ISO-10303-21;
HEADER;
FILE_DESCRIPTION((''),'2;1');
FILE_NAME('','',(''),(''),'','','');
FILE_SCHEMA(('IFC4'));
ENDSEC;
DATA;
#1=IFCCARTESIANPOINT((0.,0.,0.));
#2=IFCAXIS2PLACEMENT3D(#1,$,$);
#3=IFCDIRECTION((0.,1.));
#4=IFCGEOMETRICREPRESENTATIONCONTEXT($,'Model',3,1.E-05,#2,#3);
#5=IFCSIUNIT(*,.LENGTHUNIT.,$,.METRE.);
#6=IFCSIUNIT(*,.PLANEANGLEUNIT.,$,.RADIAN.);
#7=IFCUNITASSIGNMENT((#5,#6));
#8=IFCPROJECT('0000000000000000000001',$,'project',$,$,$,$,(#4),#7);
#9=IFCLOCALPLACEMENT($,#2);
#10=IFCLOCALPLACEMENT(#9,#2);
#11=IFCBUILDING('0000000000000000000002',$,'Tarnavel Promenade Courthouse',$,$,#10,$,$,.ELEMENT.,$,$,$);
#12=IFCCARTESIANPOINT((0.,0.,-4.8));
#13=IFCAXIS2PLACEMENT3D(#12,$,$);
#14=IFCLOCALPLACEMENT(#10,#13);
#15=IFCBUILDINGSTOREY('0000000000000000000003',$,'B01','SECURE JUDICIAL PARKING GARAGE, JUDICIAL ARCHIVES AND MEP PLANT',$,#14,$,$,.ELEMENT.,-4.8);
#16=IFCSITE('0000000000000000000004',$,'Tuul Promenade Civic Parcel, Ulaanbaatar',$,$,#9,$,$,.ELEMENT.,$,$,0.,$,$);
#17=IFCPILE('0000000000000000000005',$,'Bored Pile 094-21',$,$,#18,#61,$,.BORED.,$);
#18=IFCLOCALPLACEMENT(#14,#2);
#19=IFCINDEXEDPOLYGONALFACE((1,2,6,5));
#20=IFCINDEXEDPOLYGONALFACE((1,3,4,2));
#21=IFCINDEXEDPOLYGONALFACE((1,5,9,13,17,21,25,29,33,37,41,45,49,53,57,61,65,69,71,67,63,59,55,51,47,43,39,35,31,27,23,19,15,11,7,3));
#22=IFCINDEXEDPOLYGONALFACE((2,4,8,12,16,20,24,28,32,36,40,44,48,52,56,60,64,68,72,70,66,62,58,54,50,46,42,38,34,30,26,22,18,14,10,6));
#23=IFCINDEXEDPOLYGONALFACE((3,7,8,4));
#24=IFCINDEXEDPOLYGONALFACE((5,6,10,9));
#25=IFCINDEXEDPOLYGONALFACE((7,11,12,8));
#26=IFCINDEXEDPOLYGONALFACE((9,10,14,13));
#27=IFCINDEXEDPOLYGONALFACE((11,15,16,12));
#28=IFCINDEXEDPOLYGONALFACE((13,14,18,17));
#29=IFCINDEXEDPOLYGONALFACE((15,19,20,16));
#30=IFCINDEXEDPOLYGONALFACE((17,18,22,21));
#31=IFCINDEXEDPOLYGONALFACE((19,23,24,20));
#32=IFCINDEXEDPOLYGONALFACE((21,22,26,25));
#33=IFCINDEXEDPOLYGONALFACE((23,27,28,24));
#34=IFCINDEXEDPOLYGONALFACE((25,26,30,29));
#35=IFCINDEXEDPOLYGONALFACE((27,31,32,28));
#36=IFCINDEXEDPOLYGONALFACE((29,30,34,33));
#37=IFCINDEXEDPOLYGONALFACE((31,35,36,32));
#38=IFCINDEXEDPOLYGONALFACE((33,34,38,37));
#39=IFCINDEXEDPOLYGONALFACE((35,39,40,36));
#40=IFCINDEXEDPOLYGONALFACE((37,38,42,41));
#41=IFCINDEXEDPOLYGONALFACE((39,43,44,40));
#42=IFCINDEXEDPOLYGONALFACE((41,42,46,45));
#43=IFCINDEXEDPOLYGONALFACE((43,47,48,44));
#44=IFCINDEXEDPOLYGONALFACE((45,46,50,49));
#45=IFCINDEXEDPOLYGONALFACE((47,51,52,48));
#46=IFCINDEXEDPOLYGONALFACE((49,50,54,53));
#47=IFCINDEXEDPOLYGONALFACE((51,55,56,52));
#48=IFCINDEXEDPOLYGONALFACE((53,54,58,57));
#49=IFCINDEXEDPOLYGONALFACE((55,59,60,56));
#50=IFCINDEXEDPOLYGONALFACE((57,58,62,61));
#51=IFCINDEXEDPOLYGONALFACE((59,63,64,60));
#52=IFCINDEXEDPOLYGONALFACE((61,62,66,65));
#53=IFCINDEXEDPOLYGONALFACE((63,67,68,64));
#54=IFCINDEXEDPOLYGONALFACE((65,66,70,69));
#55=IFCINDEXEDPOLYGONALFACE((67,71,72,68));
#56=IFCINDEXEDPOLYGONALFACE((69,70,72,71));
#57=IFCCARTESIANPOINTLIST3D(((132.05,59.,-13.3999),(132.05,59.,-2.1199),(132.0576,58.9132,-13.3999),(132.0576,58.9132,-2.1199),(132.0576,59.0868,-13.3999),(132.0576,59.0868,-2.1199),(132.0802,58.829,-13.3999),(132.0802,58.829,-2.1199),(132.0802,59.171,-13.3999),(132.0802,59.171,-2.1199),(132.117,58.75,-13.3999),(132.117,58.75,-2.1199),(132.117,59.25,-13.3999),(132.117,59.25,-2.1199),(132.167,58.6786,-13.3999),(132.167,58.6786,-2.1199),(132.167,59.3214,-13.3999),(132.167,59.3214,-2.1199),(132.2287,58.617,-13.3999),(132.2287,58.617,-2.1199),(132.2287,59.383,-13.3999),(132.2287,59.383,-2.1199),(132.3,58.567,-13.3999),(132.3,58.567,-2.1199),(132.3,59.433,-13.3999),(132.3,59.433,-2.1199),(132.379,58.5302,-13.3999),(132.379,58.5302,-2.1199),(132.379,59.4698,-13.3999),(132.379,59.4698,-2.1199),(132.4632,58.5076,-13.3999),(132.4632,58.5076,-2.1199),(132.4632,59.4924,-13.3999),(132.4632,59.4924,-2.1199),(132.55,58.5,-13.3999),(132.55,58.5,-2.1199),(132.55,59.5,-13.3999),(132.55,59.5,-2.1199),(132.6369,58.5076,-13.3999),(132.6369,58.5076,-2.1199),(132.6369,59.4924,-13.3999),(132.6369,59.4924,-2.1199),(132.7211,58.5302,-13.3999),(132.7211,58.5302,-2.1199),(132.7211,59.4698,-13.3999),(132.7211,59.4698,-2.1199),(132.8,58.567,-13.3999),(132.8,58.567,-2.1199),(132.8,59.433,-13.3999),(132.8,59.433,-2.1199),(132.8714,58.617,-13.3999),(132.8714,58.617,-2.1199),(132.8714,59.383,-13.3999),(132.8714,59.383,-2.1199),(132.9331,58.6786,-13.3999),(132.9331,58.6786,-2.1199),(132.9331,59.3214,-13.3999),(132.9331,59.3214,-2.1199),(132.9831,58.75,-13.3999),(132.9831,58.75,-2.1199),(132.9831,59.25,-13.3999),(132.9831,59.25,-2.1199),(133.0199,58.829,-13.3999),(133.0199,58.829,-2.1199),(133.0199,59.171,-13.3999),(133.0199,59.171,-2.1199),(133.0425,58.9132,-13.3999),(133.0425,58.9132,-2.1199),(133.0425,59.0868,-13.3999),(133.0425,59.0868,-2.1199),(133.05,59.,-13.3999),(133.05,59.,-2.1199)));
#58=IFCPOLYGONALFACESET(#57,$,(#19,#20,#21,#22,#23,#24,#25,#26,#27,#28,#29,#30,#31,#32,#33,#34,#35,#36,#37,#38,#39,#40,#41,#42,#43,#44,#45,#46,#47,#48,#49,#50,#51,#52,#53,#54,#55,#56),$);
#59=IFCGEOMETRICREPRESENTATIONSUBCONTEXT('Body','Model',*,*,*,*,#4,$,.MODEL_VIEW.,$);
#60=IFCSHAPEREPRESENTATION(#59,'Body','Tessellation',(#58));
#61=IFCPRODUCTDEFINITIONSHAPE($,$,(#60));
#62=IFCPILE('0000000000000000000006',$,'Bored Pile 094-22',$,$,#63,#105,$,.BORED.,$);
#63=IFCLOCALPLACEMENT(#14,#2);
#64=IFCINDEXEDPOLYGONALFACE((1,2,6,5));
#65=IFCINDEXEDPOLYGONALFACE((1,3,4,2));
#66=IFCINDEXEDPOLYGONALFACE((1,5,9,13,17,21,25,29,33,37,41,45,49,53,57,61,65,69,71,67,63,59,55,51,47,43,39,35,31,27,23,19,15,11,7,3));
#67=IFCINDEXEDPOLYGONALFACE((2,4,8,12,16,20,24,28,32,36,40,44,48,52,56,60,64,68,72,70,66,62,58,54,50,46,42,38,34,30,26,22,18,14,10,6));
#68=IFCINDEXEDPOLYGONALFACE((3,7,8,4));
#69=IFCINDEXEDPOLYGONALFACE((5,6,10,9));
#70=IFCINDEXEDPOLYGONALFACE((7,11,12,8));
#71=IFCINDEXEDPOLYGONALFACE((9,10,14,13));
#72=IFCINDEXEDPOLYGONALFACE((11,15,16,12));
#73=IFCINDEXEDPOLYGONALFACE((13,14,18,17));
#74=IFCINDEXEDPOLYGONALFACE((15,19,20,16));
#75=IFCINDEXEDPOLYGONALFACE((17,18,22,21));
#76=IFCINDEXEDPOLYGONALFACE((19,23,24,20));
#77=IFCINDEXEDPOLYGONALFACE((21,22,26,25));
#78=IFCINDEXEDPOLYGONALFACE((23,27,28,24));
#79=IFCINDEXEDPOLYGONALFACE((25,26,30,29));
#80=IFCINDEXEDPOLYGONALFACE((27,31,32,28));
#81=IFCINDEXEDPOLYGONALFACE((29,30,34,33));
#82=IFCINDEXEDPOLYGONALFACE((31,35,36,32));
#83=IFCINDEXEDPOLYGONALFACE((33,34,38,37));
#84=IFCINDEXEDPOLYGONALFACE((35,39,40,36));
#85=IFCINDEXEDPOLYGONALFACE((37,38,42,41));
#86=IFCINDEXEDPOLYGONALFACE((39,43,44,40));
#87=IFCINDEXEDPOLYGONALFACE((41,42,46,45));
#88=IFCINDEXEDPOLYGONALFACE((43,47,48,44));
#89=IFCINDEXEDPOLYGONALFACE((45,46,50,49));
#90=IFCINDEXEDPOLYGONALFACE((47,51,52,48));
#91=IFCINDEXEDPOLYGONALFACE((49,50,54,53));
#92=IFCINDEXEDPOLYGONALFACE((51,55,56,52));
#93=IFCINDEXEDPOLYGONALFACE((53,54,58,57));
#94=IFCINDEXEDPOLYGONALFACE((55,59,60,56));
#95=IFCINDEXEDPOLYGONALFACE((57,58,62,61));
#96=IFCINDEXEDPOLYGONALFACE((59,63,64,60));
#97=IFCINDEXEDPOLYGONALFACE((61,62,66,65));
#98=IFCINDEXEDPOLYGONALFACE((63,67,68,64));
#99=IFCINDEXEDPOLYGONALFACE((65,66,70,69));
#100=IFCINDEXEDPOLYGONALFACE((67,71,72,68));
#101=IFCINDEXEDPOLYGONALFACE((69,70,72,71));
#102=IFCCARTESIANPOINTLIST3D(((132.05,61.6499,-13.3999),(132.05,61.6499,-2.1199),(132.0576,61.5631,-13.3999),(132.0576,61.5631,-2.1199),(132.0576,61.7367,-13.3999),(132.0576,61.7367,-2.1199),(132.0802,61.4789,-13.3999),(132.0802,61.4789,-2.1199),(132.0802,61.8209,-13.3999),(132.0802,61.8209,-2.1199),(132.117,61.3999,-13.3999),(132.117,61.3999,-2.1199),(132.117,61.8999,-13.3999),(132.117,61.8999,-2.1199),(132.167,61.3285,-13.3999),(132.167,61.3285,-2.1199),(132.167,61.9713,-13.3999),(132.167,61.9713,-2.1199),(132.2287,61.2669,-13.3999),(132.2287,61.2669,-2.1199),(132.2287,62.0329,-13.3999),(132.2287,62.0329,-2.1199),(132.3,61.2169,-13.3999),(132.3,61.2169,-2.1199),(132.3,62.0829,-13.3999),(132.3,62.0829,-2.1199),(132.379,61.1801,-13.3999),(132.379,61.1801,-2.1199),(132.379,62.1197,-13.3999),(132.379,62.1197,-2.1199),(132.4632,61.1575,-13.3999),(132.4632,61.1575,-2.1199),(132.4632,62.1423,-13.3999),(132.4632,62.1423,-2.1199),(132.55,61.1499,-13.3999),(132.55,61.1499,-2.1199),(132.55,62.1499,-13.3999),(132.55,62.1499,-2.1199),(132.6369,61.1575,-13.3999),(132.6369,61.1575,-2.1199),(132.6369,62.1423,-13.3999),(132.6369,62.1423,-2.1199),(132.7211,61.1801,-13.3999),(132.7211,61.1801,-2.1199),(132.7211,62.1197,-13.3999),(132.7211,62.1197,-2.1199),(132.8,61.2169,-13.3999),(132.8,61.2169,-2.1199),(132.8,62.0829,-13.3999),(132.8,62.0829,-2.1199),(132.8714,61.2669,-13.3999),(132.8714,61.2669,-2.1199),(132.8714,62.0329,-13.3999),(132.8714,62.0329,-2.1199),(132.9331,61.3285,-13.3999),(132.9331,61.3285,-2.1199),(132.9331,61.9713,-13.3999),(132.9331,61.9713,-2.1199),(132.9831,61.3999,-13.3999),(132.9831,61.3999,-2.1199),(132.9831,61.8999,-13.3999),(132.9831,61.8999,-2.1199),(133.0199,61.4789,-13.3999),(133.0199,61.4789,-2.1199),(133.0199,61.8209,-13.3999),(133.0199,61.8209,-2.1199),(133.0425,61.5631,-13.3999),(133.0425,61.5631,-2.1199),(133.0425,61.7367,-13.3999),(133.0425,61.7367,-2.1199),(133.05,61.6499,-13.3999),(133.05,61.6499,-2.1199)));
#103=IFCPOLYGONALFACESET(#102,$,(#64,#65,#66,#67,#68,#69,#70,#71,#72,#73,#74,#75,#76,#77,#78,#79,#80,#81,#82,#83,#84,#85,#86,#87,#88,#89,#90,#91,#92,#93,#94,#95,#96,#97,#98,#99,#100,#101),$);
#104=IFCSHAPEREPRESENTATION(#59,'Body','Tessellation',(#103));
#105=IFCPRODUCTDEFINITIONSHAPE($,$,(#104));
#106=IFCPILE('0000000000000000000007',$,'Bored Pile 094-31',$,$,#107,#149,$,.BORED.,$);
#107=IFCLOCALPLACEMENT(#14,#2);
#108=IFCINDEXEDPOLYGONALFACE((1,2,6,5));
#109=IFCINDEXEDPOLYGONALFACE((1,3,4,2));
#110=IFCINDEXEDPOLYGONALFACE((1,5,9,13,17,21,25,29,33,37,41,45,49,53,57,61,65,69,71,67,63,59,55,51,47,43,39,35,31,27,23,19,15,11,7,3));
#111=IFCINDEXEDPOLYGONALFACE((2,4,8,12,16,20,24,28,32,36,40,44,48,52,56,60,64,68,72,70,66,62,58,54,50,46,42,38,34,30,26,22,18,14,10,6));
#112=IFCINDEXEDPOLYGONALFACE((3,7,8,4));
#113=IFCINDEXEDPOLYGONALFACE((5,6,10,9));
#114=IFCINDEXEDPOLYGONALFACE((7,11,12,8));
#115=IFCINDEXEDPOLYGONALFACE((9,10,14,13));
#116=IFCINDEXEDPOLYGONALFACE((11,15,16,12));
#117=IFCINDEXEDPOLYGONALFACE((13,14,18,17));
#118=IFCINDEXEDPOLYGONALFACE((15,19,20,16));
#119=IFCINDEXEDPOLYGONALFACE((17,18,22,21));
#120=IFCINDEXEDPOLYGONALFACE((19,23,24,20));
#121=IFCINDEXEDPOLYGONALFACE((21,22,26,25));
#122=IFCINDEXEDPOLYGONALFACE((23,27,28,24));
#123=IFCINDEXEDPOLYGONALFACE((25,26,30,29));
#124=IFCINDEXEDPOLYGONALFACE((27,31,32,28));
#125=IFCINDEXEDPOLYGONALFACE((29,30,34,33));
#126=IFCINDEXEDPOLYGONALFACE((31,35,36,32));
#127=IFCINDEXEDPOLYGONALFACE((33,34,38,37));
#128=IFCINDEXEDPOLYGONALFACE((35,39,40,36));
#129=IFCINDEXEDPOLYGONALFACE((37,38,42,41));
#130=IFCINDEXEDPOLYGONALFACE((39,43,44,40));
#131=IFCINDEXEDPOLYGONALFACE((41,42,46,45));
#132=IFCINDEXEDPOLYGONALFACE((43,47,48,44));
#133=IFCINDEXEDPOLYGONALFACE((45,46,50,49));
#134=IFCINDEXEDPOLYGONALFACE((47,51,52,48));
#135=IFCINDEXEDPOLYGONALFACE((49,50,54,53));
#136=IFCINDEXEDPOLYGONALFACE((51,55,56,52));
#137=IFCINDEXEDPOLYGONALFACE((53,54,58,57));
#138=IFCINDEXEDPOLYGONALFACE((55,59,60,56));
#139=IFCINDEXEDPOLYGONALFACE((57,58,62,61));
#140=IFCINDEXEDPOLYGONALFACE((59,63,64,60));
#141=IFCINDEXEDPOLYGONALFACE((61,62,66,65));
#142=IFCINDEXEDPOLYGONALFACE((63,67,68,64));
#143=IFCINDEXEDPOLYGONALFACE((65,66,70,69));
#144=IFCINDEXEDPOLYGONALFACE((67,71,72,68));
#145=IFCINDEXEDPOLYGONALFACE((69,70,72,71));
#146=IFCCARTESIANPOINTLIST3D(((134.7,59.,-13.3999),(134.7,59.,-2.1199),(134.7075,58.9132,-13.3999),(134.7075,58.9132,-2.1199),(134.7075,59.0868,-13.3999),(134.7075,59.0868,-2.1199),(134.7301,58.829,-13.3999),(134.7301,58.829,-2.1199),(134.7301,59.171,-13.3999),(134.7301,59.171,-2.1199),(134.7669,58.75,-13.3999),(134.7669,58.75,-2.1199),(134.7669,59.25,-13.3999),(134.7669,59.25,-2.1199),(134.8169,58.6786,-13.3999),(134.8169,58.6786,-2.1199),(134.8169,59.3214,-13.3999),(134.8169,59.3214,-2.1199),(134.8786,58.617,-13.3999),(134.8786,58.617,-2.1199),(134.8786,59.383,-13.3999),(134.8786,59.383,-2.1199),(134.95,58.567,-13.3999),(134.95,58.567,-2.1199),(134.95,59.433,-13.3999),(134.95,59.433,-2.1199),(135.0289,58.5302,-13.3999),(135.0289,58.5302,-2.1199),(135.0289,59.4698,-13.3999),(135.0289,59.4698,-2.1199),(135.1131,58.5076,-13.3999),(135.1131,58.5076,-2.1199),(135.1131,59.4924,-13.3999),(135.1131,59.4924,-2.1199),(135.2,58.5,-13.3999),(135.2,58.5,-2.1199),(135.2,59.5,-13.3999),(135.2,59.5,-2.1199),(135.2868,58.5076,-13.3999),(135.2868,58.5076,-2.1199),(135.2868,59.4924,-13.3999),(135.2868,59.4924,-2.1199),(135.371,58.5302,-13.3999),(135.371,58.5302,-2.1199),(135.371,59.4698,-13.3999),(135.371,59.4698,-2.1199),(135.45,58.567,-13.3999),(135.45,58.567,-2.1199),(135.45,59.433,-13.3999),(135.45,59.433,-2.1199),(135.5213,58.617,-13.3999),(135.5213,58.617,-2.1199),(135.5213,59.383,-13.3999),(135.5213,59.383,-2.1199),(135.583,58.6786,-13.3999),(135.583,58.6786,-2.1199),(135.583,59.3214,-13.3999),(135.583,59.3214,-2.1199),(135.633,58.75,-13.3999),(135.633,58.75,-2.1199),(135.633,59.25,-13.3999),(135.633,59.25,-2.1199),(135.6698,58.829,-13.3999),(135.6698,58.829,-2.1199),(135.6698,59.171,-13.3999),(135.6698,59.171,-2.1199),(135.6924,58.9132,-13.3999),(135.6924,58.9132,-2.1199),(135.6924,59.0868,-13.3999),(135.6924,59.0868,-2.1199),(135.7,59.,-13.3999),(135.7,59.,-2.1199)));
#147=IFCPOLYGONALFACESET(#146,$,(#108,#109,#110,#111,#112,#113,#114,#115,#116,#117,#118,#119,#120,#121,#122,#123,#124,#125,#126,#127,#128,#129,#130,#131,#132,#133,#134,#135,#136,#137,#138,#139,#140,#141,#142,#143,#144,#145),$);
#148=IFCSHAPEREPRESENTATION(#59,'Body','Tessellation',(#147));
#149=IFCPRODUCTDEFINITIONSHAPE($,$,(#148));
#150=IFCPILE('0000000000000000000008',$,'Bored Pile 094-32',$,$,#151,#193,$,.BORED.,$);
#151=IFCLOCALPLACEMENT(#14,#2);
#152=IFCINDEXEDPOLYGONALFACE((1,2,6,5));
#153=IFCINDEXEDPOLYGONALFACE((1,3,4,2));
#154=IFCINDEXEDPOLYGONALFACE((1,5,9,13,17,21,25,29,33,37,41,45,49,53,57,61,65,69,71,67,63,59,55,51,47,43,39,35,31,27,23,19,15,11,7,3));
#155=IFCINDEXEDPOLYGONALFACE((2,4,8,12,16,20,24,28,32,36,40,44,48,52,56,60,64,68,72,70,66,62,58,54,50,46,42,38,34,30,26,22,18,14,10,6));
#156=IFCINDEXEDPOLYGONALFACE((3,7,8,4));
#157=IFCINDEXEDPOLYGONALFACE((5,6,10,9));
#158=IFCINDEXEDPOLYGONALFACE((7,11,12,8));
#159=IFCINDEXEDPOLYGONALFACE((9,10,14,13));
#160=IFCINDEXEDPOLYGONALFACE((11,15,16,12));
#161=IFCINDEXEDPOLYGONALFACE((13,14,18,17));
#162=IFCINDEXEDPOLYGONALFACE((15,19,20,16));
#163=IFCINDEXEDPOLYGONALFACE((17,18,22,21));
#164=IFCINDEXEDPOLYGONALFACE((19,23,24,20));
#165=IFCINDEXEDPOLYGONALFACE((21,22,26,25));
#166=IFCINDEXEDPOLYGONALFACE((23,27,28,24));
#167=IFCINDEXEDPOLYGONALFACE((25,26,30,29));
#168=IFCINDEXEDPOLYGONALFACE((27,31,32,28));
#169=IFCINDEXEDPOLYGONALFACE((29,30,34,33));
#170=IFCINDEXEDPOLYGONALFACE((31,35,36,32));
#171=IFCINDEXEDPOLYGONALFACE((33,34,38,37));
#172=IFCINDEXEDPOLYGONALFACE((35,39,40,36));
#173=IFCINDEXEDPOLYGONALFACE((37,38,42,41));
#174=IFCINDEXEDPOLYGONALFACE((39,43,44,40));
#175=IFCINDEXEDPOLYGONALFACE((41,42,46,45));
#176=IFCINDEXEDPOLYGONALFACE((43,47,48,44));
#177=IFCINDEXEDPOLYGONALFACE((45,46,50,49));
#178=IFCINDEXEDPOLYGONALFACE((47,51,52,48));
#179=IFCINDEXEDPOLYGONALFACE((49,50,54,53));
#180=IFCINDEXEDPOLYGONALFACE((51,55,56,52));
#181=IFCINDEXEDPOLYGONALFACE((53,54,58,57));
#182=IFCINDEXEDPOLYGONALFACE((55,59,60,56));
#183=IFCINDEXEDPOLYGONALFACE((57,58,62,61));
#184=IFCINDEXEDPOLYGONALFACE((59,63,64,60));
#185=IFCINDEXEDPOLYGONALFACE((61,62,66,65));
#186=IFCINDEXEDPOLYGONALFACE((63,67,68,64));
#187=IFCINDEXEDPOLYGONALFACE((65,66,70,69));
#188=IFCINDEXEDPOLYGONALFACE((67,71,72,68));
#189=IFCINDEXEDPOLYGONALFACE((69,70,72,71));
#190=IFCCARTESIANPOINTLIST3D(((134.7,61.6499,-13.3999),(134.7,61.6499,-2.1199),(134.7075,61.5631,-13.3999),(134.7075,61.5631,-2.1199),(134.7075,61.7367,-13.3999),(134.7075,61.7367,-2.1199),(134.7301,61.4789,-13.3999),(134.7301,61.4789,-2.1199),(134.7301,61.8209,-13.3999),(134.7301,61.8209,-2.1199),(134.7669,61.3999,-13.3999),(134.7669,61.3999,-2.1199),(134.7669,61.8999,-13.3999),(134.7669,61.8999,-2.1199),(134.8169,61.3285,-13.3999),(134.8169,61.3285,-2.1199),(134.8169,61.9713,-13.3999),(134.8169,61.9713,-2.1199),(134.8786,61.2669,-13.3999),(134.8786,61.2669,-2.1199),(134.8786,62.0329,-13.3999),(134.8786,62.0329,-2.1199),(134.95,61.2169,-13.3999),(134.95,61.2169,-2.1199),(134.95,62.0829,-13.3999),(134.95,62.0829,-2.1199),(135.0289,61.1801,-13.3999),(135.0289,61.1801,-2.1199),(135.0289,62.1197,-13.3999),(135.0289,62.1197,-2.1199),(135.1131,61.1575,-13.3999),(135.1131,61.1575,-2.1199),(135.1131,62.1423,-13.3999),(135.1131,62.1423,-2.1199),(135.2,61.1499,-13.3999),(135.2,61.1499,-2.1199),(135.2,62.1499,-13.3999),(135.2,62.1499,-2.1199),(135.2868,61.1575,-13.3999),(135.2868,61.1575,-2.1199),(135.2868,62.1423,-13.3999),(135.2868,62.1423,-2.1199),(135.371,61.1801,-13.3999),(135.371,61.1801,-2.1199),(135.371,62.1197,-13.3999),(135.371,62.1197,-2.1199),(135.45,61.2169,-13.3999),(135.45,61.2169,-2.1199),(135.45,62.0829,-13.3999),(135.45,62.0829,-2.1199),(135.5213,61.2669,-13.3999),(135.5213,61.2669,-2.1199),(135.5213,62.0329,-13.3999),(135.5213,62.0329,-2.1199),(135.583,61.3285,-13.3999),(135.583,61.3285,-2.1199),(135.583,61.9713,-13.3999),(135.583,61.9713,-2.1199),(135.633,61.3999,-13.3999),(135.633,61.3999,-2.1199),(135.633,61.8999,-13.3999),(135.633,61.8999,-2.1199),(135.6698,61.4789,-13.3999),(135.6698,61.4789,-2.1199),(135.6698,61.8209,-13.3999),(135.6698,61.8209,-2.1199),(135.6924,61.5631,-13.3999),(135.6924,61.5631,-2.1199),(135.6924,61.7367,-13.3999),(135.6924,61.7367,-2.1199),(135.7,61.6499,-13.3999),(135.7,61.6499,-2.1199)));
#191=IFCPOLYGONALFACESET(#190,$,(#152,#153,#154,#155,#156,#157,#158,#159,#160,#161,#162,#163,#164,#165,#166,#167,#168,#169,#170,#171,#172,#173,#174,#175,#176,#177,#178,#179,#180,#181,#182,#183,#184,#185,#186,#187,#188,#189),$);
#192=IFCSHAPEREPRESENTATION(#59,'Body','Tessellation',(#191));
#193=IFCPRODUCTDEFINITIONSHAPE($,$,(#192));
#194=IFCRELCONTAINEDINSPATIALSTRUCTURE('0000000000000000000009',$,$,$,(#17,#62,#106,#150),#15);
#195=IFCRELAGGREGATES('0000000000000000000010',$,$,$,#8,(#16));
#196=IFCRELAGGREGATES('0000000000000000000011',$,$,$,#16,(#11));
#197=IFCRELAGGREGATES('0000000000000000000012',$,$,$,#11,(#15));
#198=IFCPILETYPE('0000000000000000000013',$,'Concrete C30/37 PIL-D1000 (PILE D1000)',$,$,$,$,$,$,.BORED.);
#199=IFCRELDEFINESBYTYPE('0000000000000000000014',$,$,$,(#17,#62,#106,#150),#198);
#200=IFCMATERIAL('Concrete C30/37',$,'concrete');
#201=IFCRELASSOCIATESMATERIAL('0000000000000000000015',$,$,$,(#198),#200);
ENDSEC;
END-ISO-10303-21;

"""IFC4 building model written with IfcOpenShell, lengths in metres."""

from ifc_helpers import new_model, si_unit, direction, frame, origin, origin_2d, place, context, subcontext, project, spatial, circle, extrude, material, material_profile, profile_set, type_object, element, save


model = new_model("IFC4")

# Units and contexts
model_context = context("Model", 3, precision=1e-05, world=origin(), true_north=direction((0.0, 1.0)))
body_context = subcontext(model_context, "Body", "Model", "MODEL_VIEW")
ifc_project = project(units=[si_unit("LENGTHUNIT", "METRE"), si_unit("PLANEANGLEUNIT", "RADIAN")], contexts=[model_context])

# Site, building, storey
site_placement = place(None, origin())
site = spatial("IfcSite", under=ifc_project, at=site_placement, Name="Tuul Promenade Civic Parcel, Ulaanbaatar", CompositionType="ELEMENT", RefElevation=0.0)
building_placement = place(site_placement, origin())
building = spatial("IfcBuilding", under=site, at=building_placement, Name="Tarnavel Promenade Courthouse", CompositionType="ELEMENT")
storey_placement = place(building_placement, frame((0.0, 0.0, -4.8)))
storey = spatial("IfcBuildingStorey", under=building, at=storey_placement, Name="B01", Description="SECURE JUDICIAL PARKING GARAGE, JUDICIAL ARCHIVES AND MEP PLANT", CompositionType="ELEMENT", Elevation=-4.8)

# Piles
ifc_material_1 = material(Name="Concrete C30/37", Category="concrete")
ifc_material_profile_1 = material_profile(ifc_material_1, circle(Radius=0.5, at=origin_2d()), Name="PILE D1000")
ifc_profile_set_1 = profile_set([ifc_material_profile_1], Name="Concrete C30/37")
pile_type = type_object("IfcPileType", Name="Concrete C30/37 PIL-D1000 (PILE D1000)", PredefinedType="BORED", material=ifc_profile_set_1)
for number, where, z_axis, x_axis, name in (
    (1, (132.55, 59.0, -2.1199), (0.0, 0.0, -1.0), (1.0, 0.0, 0.0), "Bored Pile 094-21"),
    (2, (132.55, 61.6499, -2.1199), (0.0, 0.0, -1.0), (1.0, 0.0, 0.0), "Bored Pile 094-22"),
    (3, (135.2, 59.0, -2.1199), (0.0, 0.0, -1.0), (1.0, 0.0, 0.0), "Bored Pile 094-31"),
    (4, (135.2, 61.6499, -2.1199), (0.0, 0.0, -1.0), (1.0, 0.0, 0.0), "Bored Pile 094-32"),
):
    element("IfcPile", number, at=place(storey_placement, frame(where, z_axis=z_axis, x_axis=x_axis)), inside=storey, type_object=pile_type, Name=name, PredefinedType="BORED", context=body_context, shape_type="SweptSolid", body=[
        extrude(circle(Radius=0.5, at=origin_2d()), origin(), (0.0, 0.0, 1.0), 11.28),
    ])

save(model, "model.ifc")
